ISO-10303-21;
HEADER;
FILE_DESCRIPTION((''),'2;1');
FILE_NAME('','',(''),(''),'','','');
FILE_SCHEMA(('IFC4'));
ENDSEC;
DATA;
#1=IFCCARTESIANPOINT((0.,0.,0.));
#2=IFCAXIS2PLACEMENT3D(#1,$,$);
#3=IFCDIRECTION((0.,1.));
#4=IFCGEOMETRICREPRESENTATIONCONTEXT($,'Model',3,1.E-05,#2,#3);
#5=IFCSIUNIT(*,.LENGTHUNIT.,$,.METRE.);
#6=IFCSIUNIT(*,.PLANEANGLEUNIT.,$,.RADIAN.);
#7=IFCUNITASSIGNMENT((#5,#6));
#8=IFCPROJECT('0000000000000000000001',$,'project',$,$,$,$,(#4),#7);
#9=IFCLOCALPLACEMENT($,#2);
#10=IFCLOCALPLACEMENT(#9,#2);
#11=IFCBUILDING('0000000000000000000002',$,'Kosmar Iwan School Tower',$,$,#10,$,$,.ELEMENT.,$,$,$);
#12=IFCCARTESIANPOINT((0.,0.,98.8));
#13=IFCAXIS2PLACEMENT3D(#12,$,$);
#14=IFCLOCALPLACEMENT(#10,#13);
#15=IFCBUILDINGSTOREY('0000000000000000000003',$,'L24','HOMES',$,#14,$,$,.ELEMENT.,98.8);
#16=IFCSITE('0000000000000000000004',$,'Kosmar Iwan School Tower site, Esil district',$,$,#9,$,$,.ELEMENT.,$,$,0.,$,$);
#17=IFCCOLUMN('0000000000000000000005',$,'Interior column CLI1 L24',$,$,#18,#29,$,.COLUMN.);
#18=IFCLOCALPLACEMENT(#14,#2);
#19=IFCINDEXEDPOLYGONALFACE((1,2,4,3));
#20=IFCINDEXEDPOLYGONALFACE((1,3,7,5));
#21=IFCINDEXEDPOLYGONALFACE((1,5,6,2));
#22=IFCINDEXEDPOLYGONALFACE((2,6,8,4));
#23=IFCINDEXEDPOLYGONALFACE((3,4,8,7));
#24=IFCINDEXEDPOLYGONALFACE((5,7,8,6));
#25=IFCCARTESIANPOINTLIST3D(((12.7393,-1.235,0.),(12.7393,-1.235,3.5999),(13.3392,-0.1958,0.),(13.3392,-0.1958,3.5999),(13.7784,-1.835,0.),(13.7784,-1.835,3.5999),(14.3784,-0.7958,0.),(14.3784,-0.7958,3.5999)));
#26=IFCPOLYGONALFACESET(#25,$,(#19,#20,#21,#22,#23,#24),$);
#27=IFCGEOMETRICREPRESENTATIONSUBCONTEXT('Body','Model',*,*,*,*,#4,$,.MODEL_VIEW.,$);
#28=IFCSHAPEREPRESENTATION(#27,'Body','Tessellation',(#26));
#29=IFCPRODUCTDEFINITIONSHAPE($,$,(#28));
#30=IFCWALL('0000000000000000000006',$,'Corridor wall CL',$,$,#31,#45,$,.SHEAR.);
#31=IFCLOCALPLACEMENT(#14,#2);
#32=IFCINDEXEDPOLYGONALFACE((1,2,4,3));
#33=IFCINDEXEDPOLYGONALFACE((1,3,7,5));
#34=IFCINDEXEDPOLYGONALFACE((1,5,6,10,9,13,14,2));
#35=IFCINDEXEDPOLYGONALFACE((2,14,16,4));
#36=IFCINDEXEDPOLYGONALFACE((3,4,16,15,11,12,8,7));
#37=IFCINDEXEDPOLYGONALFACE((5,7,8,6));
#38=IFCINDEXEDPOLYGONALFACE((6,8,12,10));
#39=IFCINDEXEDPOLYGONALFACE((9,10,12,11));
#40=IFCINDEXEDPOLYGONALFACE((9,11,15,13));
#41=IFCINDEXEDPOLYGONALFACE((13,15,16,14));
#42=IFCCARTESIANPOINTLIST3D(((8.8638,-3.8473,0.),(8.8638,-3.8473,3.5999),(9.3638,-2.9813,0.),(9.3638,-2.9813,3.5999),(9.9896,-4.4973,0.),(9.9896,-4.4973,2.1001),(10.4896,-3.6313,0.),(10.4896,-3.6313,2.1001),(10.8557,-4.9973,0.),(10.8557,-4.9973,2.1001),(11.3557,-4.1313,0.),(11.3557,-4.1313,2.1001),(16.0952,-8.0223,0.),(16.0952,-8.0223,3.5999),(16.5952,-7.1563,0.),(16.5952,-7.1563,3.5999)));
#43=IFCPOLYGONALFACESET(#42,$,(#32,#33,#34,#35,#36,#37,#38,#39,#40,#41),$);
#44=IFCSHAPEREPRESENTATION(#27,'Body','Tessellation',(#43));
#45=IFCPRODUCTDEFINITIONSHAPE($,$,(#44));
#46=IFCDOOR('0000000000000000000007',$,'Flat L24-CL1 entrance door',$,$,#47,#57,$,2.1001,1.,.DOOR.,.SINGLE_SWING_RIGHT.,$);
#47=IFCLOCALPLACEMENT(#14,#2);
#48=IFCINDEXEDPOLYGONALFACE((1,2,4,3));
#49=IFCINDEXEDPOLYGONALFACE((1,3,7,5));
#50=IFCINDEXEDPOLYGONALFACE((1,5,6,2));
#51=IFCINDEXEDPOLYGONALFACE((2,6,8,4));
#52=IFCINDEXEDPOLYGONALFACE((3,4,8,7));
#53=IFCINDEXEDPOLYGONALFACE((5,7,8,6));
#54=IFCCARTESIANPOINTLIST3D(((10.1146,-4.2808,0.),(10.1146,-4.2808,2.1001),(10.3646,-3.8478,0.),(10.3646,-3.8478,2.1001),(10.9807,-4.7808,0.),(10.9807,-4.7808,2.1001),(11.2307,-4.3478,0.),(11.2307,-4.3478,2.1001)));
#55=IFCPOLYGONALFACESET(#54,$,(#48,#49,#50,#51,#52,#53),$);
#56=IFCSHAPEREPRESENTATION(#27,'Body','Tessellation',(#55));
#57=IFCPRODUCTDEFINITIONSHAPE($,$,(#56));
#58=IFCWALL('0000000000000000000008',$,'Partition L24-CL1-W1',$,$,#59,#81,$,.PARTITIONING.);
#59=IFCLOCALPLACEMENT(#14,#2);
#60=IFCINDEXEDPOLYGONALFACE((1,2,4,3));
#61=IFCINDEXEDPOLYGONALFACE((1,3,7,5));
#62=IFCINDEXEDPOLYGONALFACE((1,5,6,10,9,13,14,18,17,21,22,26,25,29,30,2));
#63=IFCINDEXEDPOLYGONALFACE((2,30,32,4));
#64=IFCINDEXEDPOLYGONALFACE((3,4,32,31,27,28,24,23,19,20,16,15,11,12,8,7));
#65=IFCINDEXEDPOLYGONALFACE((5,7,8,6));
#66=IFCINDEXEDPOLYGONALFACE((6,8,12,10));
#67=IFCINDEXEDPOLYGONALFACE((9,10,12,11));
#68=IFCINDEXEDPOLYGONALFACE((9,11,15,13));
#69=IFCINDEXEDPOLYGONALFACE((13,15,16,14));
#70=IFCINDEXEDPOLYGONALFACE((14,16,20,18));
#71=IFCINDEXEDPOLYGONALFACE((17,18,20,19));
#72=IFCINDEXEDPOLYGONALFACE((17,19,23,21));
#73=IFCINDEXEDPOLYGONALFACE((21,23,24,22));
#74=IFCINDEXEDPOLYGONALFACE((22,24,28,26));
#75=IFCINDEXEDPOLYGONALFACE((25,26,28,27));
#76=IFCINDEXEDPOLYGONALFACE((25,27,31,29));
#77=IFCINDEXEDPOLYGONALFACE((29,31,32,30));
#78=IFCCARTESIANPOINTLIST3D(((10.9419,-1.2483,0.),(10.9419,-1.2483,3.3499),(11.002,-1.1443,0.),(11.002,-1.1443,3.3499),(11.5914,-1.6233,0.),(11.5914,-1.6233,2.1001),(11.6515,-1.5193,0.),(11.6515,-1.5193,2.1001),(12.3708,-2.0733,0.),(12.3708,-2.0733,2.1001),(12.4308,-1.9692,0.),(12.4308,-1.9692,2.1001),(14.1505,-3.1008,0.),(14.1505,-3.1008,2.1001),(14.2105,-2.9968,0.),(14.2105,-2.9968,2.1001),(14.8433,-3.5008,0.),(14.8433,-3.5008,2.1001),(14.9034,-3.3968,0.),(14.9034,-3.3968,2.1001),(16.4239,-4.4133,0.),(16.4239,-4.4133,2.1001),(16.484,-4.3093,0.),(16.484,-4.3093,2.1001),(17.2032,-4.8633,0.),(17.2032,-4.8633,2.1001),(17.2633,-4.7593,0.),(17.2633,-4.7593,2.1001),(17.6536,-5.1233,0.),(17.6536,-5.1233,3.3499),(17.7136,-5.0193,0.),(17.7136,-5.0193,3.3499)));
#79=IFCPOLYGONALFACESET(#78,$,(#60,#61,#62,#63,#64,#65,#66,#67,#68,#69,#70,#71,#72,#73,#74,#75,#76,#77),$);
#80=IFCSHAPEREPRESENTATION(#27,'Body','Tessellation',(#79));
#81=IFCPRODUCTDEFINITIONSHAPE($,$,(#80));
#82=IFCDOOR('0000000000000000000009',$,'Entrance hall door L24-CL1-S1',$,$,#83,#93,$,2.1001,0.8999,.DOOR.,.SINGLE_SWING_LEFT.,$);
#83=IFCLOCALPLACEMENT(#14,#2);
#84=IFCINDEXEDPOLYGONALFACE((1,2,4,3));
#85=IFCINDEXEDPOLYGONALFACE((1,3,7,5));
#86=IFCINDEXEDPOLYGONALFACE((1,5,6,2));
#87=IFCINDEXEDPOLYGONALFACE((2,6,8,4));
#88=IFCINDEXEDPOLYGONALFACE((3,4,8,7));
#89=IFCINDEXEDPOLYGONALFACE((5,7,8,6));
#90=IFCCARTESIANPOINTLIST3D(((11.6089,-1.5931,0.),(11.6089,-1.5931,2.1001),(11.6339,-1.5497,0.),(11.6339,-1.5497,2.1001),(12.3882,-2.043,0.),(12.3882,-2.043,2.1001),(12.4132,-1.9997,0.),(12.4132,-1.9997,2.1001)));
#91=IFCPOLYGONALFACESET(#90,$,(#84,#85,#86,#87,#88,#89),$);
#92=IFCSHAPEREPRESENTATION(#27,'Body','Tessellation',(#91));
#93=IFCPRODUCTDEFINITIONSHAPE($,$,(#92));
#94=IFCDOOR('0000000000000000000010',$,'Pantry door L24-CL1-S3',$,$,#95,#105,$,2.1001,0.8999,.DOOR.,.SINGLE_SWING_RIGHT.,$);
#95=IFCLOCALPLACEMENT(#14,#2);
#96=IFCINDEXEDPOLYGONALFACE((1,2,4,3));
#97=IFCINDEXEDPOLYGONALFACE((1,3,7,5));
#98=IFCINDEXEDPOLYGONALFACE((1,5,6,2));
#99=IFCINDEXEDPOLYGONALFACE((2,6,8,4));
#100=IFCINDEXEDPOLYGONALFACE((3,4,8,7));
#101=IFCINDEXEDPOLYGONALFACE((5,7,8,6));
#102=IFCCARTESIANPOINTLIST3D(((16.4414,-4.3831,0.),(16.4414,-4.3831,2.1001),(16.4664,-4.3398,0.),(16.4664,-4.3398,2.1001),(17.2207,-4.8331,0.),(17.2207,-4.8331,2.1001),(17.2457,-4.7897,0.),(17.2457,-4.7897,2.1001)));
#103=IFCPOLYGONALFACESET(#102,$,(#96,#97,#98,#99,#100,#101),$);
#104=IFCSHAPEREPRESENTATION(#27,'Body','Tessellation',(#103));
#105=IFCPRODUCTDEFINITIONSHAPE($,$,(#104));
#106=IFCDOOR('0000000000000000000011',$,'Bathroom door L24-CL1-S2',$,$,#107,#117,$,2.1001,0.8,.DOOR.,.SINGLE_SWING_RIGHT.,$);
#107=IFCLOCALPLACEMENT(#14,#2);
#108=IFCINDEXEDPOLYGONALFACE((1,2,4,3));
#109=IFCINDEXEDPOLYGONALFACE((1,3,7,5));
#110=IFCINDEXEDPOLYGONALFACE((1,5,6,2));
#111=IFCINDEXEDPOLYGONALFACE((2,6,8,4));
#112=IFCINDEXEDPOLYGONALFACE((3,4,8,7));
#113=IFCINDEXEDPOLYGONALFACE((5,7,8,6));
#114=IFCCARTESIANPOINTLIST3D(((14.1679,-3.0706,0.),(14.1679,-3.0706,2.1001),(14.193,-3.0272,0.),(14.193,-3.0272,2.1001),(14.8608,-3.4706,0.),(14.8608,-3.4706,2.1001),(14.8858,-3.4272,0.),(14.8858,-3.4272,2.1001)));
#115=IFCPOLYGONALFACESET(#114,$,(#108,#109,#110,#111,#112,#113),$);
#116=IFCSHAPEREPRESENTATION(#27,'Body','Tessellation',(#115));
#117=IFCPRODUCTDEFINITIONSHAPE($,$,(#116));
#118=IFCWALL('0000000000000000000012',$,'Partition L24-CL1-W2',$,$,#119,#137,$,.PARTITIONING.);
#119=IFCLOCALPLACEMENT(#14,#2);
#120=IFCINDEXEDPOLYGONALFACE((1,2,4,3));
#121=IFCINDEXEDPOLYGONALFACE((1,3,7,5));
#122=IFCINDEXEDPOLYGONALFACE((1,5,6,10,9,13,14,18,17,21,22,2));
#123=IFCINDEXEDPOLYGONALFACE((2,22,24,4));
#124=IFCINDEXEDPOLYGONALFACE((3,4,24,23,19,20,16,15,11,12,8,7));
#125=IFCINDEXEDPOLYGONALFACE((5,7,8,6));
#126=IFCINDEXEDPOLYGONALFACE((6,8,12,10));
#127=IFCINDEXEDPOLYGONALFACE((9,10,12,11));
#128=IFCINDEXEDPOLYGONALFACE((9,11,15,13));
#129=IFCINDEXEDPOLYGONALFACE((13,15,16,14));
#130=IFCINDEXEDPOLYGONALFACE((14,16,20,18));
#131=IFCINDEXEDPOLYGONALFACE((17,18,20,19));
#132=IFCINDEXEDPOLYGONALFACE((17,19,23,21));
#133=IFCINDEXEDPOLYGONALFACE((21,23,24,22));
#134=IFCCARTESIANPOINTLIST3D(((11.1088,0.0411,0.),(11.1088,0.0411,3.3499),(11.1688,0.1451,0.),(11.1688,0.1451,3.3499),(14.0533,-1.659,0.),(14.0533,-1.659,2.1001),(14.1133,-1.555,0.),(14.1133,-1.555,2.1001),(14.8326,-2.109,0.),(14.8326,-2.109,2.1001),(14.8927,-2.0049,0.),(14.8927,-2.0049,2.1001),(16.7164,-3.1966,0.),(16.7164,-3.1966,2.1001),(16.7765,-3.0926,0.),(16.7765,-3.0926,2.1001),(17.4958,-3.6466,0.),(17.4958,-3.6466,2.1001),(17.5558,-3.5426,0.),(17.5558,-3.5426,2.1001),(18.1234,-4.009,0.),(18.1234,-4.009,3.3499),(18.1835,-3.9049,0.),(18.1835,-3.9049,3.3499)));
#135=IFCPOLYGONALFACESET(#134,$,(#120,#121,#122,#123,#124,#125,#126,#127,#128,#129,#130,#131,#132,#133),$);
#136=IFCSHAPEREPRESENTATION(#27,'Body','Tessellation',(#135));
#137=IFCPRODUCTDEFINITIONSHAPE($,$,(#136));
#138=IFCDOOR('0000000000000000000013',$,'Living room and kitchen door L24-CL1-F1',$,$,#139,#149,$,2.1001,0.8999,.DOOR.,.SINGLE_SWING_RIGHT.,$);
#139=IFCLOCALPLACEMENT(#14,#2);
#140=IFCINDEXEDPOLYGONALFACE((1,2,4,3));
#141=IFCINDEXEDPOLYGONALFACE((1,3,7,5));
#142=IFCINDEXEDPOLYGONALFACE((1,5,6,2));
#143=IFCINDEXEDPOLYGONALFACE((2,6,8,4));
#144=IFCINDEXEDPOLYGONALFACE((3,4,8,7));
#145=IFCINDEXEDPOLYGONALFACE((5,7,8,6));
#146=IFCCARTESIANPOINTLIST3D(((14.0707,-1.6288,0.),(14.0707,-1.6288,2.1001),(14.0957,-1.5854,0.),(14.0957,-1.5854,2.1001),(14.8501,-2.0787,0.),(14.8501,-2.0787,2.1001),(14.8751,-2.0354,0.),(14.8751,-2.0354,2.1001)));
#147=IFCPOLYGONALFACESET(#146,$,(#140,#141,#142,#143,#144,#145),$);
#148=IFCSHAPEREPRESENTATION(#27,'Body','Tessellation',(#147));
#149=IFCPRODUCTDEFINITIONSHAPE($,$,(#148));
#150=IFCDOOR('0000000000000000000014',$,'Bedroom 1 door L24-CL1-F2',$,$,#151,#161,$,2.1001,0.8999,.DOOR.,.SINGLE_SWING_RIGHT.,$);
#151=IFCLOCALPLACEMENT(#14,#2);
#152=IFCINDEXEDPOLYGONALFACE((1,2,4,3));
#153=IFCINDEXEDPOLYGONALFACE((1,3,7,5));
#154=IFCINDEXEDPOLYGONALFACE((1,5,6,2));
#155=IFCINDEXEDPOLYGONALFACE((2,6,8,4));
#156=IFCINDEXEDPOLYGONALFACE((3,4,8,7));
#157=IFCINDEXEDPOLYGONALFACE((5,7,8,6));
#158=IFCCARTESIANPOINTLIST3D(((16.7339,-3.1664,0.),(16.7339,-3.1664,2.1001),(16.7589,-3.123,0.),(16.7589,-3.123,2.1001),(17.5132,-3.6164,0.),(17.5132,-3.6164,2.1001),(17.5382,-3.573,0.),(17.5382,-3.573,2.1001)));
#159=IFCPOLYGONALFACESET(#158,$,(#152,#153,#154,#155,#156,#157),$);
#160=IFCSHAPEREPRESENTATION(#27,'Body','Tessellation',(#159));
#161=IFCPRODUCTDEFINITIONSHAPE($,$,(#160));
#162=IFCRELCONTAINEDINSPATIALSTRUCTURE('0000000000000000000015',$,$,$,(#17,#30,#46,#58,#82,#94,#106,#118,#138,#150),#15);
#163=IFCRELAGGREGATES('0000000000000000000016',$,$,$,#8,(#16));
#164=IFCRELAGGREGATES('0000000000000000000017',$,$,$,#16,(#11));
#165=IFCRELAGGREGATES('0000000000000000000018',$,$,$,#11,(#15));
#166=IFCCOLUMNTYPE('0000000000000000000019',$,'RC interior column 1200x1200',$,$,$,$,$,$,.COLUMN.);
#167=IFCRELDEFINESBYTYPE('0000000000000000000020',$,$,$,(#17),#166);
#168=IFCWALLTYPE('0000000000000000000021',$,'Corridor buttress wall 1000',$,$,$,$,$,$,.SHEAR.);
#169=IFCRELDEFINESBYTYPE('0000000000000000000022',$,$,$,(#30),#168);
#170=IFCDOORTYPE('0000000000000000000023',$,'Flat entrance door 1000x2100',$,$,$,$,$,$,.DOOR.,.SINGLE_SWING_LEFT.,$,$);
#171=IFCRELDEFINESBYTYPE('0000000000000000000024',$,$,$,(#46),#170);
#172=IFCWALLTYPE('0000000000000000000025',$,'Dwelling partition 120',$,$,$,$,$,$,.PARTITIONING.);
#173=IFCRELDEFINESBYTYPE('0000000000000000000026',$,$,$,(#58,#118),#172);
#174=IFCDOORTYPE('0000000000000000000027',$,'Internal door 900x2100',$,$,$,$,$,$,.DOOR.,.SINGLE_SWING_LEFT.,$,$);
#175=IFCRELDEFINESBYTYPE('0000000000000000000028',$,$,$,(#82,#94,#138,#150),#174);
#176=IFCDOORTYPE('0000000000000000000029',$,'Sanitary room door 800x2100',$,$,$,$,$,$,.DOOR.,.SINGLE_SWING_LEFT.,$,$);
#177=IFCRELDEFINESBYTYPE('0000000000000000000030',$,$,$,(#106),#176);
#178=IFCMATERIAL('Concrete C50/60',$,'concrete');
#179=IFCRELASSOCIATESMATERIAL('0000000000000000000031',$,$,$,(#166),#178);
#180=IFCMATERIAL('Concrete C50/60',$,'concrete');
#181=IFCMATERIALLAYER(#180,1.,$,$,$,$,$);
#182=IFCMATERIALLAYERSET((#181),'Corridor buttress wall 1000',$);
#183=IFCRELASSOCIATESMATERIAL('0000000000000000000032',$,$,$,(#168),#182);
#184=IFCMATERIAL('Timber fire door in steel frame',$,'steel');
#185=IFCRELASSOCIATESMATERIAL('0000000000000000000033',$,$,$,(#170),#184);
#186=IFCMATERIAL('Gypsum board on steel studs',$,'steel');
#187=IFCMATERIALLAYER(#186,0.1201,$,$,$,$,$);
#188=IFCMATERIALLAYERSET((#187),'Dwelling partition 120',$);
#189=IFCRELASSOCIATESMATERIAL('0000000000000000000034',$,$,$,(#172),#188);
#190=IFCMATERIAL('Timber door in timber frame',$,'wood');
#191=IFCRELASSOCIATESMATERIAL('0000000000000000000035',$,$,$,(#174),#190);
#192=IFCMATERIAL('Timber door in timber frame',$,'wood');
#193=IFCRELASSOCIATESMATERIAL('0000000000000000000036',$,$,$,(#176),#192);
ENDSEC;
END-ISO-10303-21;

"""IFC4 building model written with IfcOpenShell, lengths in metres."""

from ifc_helpers import new_model, si_unit, direction, frame, frame_2d, origin, origin_2d, place, context, subcontext, project, spatial, rectangle, extrude, material, layer, layer_set, material_profile, profile_set, type_object, element, fill, save


model = new_model("IFC4")

# Units and contexts
model_context = context("Model", 3, precision=1e-05, world=origin(), true_north=direction((0.0, 1.0)))
body_context = subcontext(model_context, "Body", "Model", "MODEL_VIEW")
ifc_project = project(units=[si_unit("LENGTHUNIT", "METRE"), si_unit("PLANEANGLEUNIT", "RADIAN")], contexts=[model_context])

# Site, building, storey
site_placement = place(None, origin())
site = spatial("IfcSite", under=ifc_project, at=site_placement, Name="Kosmar Iwan School Tower site, Esil district", CompositionType="ELEMENT", RefElevation=0.0)
building_placement = place(site_placement, origin())
building = spatial("IfcBuilding", under=site, at=building_placement, Name="Kosmar Iwan School Tower", CompositionType="ELEMENT")
storey_placement = place(building_placement, frame((0.0, 0.0, 98.8)))
storey = spatial("IfcBuildingStorey", under=building, at=storey_placement, Name="L24", Description="HOMES", CompositionType="ELEMENT", Elevation=98.8)

# Column
ifc_material_1 = material(Name="Concrete C50/60", Category="concrete")
ifc_material_profile = material_profile(ifc_material_1, rectangle(XDim=1.2, YDim=1.2, at=origin_2d()), Name="RC 1200x1200")
ifc_profile_set = profile_set([ifc_material_profile], Name="Concrete C50/60")
column_type = type_object("IfcColumnType", Name="RC interior column 1200x1200", PredefinedType="COLUMN", material=ifc_profile_set)
column_placement = place(storey_placement, frame((13.5588, -1.0154, 0.0), z_axis=(0.0, 0.0, 1.0), x_axis=(0.866025, -0.5, 0.0)))
element("IfcColumn", 1, at=column_placement, inside=storey, type_object=column_type, Name="Interior column CLI1 L24", PredefinedType="COLUMN", context=body_context, shape_type="SweptSolid", body=[
    extrude(rectangle(XDim=1.2, YDim=1.2, at=origin_2d()), origin(), (0.0, 0.0, 1.0), 3.5999),
])

# Wall, opening, door
ifc_material_2 = material(Name="Concrete C50/60", Category="concrete")
ifc_layer_1 = layer(ifc_material_2, 1.0)
ifc_layer_set_1 = layer_set([ifc_layer_1], Name="Corridor buttress wall 1000")
wall_type_1 = type_object("IfcWallType", Name="Corridor buttress wall 1000", PredefinedType="SHEAR", material=ifc_layer_set_1)
wall_1_placement = place(storey_placement, frame((9.1138, -3.4143, 0.0), z_axis=(0.0, 0.0, 1.0), x_axis=(0.866027, -0.499997, 0.0)))
wall_1 = element("IfcWall", 2, at=wall_1_placement, inside=storey, type_object=wall_type_1, Name="Corridor wall CL", PredefinedType="SHEAR", context=body_context, shape_type="SweptSolid", body=[
    extrude(rectangle(XDim=8.3501, YDim=1.0, at=frame_2d((4.175, 0.0))), origin(), (0.0, 0.0, 1.0), 3.5999),
])
opening_1_placement = place(wall_1_placement, frame((1.3, 0.0, 0.0)))
opening_1 = element("IfcOpeningElement", 3, at=opening_1_placement, cuts=wall_1, PredefinedType="OPENING", context=body_context, shape_type="SweptSolid", body=[
    extrude(rectangle(XDim=1.0, YDim=2.1001, at=frame_2d((0.5, 1.05))), frame((0.0, 0.512, 0.0), z_axis=(0.0, -1.0, 0.0), x_axis=(1.0, 0.0, 0.0)), (0.0, 0.0, 1.0), 1.0239),
])
ifc_material_3 = material(Name="Timber fire door in steel frame", Category="steel")
door_type_1 = type_object("IfcDoorType", Name="Flat entrance door 1000x2100", OperationType="SINGLE_SWING_LEFT", PredefinedType="DOOR", material=ifc_material_3)
door_1_placement = place(opening_1_placement, origin())
door_1 = element("IfcDoor", 4, at=door_1_placement, inside=storey, type_object=door_type_1, Name="Flat L24-CL1 entrance door", OperationType="SINGLE_SWING_RIGHT", OverallHeight=2.1001, OverallWidth=1.0, PredefinedType="DOOR", context=body_context, shape_type="SweptSolid", body=[
    extrude(rectangle(XDim=1.0, YDim=2.1001, at=frame_2d((0.5, 1.05))), frame((0.0, 0.25, 0.0), z_axis=(0.0, -1.0, 0.0), x_axis=(1.0, 0.0, 0.0)), (0.0, 0.0, 1.0), 0.5),
])
fill(opening_1, door_1)

# Walls, openings, doors
ifc_material_4 = material(Name="Gypsum board on steel studs", Category="steel")
ifc_layer_2 = layer(ifc_material_4, 0.1201)
ifc_layer_set_2 = layer_set([ifc_layer_2], Name="Dwelling partition 120")
wall_type_2 = type_object("IfcWallType", Name="Dwelling partition 120", PredefinedType="PARTITIONING", material=ifc_layer_set_2)
wall_2_placement = place(storey_placement, frame((10.9719, -1.1963, 0.0), z_axis=(0.0, 0.0, 1.0), x_axis=(0.866025, -0.500002, 0.0)))
wall_2 = element("IfcWall", 5, at=wall_2_placement, inside=storey, type_object=wall_type_2, Name="Partition L24-CL1-W1", PredefinedType="PARTITIONING", context=body_context, shape_type="SweptSolid", body=[
    extrude(rectangle(XDim=7.75, YDim=0.1201, at=frame_2d((3.875, 0.0))), origin(), (0.0, 0.0, 1.0), 3.3499),
])
opening_2_placement = place(wall_2_placement, frame((0.75, 0.0, 0.0)))
opening_2 = element("IfcOpeningElement", 6, at=opening_2_placement, cuts=wall_2, PredefinedType="OPENING", context=body_context, shape_type="SweptSolid", body=[
    extrude(rectangle(XDim=0.8999, YDim=2.1001, at=frame_2d((0.45, 1.05))), frame((0.0, 0.072, 0.0), z_axis=(0.0, -1.0, 0.0), x_axis=(1.0, 0.0, 0.0)), (0.0, 0.0, 1.0), 0.144),
])
opening_3_placement = place(wall_2_placement, frame((3.7051, 0.0, 0.0)))
opening_3 = element("IfcOpeningElement", 7, at=opening_3_placement, cuts=wall_2, PredefinedType="OPENING", context=body_context, shape_type="SweptSolid", body=[
    extrude(rectangle(XDim=0.8, YDim=2.1001, at=frame_2d((0.3999, 1.05))), frame((0.0, 0.072, 0.0), z_axis=(0.0, -1.0, 0.0), x_axis=(1.0, 0.0, 0.0)), (0.0, 0.0, 1.0), 0.144),
])
opening_4_placement = place(wall_2_placement, frame((6.3301, 0.0, 0.0)))
opening_4 = element("IfcOpeningElement", 8, at=opening_4_placement, cuts=wall_2, PredefinedType="OPENING", context=body_context, shape_type="SweptSolid", body=[
    extrude(rectangle(XDim=0.8999, YDim=2.1001, at=frame_2d((0.45, 1.05))), frame((0.0, 0.072, 0.0), z_axis=(0.0, -1.0, 0.0), x_axis=(1.0, 0.0, 0.0)), (0.0, 0.0, 1.0), 0.144),
])
ifc_material_5 = material(Name="Timber door in timber frame", Category="wood")
door_type_2 = type_object("IfcDoorType", Name="Internal door 900x2100", OperationType="SINGLE_SWING_LEFT", PredefinedType="DOOR", material=ifc_material_5)
door_2_placement = place(opening_2_placement, origin())
door_2 = element("IfcDoor", 9, at=door_2_placement, inside=storey, type_object=door_type_2, Name="Entrance hall door L24-CL1-S1", OperationType="SINGLE_SWING_LEFT", OverallHeight=2.1001, OverallWidth=0.8999, PredefinedType="DOOR", context=body_context, shape_type="SweptSolid", body=[
    extrude(rectangle(XDim=0.8999, YDim=2.1001, at=frame_2d((0.45, 1.05))), frame((0.0, 0.0249, 0.0), z_axis=(0.0, -1.0, 0.0), x_axis=(1.0, 0.0, 0.0)), (0.0, 0.0, 1.0), 0.05),
])
fill(opening_2, door_2)
door_3_placement = place(opening_4_placement, origin())
door_3 = element("IfcDoor", 10, at=door_3_placement, inside=storey, type_object=door_type_2, Name="Pantry door L24-CL1-S3", OperationType="SINGLE_SWING_RIGHT", OverallHeight=2.1001, OverallWidth=0.8999, PredefinedType="DOOR", context=body_context, shape_type="SweptSolid", body=[
    extrude(rectangle(XDim=0.8999, YDim=2.1001, at=frame_2d((0.45, 1.05))), frame((0.0, 0.0249, 0.0), z_axis=(0.0, -1.0, 0.0), x_axis=(1.0, 0.0, 0.0)), (0.0, 0.0, 1.0), 0.05),
])
fill(opening_4, door_3)
ifc_material_6 = material(Name="Timber door in timber frame", Category="wood")
door_type_3 = type_object("IfcDoorType", Name="Sanitary room door 800x2100", OperationType="SINGLE_SWING_LEFT", PredefinedType="DOOR", material=ifc_material_6)
door_4_placement = place(opening_3_placement, origin())
door_4 = element("IfcDoor", 11, at=door_4_placement, inside=storey, type_object=door_type_3, Name="Bathroom door L24-CL1-S2", OperationType="SINGLE_SWING_RIGHT", OverallHeight=2.1001, OverallWidth=0.8, PredefinedType="DOOR", context=body_context, shape_type="SweptSolid", body=[
    extrude(rectangle(XDim=0.8, YDim=2.1001, at=frame_2d((0.3999, 1.05))), frame((0.0, 0.0249, 0.0), z_axis=(0.0, -1.0, 0.0), x_axis=(1.0, 0.0, 0.0)), (0.0, 0.0, 1.0), 0.05),
])
fill(opening_3, door_4)
wall_3_placement = place(storey_placement, frame((11.1389, 0.093, 0.0), z_axis=(0.0, 0.0, 1.0), x_axis=(0.866018, -0.500013, 0.0)))
wall_3 = element("IfcWall", 12, at=wall_3_placement, inside=storey, type_object=wall_type_2, Name="Partition L24-CL1-W2", PredefinedType="PARTITIONING", context=body_context, shape_type="SweptSolid", body=[
    extrude(rectangle(XDim=8.0999, YDim=0.1201, at=frame_2d((4.0498, 0.0))), origin(), (0.0, 0.0, 1.0), 3.3499),
])
opening_5_placement = place(wall_3_placement, frame((3.3999, 0.0, 0.0)))
opening_5 = element("IfcOpeningElement", 13, at=opening_5_placement, cuts=wall_3, PredefinedType="OPENING", context=body_context, shape_type="SweptSolid", body=[
    extrude(rectangle(XDim=0.8999, YDim=2.1001, at=frame_2d((0.45, 1.05))), frame((0.0, 0.072, 0.0), z_axis=(0.0, -1.0, 0.0), x_axis=(1.0, 0.0, 0.0)), (0.0, 0.0, 1.0), 0.144),
])
opening_6_placement = place(wall_3_placement, frame((6.4751, 0.0, 0.0)))
opening_6 = element("IfcOpeningElement", 14, at=opening_6_placement, cuts=wall_3, PredefinedType="OPENING", context=body_context, shape_type="SweptSolid", body=[
    extrude(rectangle(XDim=0.8999, YDim=2.1001, at=frame_2d((0.45, 1.05))), frame((0.0, 0.072, 0.0), z_axis=(0.0, -1.0, 0.0), x_axis=(1.0, 0.0, 0.0)), (0.0, 0.0, 1.0), 0.144),
])
door_5_placement = place(opening_5_placement, origin())
door_5 = element("IfcDoor", 15, at=door_5_placement, inside=storey, type_object=door_type_2, Name="Living room and kitchen door L24-CL1-F1", OperationType="SINGLE_SWING_RIGHT", OverallHeight=2.1001, OverallWidth=0.8999, PredefinedType="DOOR", context=body_context, shape_type="SweptSolid", body=[
    extrude(rectangle(XDim=0.8999, YDim=2.1001, at=frame_2d((0.45, 1.05))), frame((0.0, 0.0249, 0.0), z_axis=(0.0, -1.0, 0.0), x_axis=(1.0, 0.0, 0.0)), (0.0, 0.0, 1.0), 0.05),
])
fill(opening_5, door_5)
door_6_placement = place(opening_6_placement, origin())
door_6 = element("IfcDoor", 16, at=door_6_placement, inside=storey, type_object=door_type_2, Name="Bedroom 1 door L24-CL1-F2", OperationType="SINGLE_SWING_RIGHT", OverallHeight=2.1001, OverallWidth=0.8999, PredefinedType="DOOR", context=body_context, shape_type="SweptSolid", body=[
    extrude(rectangle(XDim=0.8999, YDim=2.1001, at=frame_2d((0.45, 1.05))), frame((0.0, 0.0249, 0.0), z_axis=(0.0, -1.0, 0.0), x_axis=(1.0, 0.0, 0.0)), (0.0, 0.0, 1.0), 0.05),
])
fill(opening_6, door_6)

save(model, "model.ifc")
